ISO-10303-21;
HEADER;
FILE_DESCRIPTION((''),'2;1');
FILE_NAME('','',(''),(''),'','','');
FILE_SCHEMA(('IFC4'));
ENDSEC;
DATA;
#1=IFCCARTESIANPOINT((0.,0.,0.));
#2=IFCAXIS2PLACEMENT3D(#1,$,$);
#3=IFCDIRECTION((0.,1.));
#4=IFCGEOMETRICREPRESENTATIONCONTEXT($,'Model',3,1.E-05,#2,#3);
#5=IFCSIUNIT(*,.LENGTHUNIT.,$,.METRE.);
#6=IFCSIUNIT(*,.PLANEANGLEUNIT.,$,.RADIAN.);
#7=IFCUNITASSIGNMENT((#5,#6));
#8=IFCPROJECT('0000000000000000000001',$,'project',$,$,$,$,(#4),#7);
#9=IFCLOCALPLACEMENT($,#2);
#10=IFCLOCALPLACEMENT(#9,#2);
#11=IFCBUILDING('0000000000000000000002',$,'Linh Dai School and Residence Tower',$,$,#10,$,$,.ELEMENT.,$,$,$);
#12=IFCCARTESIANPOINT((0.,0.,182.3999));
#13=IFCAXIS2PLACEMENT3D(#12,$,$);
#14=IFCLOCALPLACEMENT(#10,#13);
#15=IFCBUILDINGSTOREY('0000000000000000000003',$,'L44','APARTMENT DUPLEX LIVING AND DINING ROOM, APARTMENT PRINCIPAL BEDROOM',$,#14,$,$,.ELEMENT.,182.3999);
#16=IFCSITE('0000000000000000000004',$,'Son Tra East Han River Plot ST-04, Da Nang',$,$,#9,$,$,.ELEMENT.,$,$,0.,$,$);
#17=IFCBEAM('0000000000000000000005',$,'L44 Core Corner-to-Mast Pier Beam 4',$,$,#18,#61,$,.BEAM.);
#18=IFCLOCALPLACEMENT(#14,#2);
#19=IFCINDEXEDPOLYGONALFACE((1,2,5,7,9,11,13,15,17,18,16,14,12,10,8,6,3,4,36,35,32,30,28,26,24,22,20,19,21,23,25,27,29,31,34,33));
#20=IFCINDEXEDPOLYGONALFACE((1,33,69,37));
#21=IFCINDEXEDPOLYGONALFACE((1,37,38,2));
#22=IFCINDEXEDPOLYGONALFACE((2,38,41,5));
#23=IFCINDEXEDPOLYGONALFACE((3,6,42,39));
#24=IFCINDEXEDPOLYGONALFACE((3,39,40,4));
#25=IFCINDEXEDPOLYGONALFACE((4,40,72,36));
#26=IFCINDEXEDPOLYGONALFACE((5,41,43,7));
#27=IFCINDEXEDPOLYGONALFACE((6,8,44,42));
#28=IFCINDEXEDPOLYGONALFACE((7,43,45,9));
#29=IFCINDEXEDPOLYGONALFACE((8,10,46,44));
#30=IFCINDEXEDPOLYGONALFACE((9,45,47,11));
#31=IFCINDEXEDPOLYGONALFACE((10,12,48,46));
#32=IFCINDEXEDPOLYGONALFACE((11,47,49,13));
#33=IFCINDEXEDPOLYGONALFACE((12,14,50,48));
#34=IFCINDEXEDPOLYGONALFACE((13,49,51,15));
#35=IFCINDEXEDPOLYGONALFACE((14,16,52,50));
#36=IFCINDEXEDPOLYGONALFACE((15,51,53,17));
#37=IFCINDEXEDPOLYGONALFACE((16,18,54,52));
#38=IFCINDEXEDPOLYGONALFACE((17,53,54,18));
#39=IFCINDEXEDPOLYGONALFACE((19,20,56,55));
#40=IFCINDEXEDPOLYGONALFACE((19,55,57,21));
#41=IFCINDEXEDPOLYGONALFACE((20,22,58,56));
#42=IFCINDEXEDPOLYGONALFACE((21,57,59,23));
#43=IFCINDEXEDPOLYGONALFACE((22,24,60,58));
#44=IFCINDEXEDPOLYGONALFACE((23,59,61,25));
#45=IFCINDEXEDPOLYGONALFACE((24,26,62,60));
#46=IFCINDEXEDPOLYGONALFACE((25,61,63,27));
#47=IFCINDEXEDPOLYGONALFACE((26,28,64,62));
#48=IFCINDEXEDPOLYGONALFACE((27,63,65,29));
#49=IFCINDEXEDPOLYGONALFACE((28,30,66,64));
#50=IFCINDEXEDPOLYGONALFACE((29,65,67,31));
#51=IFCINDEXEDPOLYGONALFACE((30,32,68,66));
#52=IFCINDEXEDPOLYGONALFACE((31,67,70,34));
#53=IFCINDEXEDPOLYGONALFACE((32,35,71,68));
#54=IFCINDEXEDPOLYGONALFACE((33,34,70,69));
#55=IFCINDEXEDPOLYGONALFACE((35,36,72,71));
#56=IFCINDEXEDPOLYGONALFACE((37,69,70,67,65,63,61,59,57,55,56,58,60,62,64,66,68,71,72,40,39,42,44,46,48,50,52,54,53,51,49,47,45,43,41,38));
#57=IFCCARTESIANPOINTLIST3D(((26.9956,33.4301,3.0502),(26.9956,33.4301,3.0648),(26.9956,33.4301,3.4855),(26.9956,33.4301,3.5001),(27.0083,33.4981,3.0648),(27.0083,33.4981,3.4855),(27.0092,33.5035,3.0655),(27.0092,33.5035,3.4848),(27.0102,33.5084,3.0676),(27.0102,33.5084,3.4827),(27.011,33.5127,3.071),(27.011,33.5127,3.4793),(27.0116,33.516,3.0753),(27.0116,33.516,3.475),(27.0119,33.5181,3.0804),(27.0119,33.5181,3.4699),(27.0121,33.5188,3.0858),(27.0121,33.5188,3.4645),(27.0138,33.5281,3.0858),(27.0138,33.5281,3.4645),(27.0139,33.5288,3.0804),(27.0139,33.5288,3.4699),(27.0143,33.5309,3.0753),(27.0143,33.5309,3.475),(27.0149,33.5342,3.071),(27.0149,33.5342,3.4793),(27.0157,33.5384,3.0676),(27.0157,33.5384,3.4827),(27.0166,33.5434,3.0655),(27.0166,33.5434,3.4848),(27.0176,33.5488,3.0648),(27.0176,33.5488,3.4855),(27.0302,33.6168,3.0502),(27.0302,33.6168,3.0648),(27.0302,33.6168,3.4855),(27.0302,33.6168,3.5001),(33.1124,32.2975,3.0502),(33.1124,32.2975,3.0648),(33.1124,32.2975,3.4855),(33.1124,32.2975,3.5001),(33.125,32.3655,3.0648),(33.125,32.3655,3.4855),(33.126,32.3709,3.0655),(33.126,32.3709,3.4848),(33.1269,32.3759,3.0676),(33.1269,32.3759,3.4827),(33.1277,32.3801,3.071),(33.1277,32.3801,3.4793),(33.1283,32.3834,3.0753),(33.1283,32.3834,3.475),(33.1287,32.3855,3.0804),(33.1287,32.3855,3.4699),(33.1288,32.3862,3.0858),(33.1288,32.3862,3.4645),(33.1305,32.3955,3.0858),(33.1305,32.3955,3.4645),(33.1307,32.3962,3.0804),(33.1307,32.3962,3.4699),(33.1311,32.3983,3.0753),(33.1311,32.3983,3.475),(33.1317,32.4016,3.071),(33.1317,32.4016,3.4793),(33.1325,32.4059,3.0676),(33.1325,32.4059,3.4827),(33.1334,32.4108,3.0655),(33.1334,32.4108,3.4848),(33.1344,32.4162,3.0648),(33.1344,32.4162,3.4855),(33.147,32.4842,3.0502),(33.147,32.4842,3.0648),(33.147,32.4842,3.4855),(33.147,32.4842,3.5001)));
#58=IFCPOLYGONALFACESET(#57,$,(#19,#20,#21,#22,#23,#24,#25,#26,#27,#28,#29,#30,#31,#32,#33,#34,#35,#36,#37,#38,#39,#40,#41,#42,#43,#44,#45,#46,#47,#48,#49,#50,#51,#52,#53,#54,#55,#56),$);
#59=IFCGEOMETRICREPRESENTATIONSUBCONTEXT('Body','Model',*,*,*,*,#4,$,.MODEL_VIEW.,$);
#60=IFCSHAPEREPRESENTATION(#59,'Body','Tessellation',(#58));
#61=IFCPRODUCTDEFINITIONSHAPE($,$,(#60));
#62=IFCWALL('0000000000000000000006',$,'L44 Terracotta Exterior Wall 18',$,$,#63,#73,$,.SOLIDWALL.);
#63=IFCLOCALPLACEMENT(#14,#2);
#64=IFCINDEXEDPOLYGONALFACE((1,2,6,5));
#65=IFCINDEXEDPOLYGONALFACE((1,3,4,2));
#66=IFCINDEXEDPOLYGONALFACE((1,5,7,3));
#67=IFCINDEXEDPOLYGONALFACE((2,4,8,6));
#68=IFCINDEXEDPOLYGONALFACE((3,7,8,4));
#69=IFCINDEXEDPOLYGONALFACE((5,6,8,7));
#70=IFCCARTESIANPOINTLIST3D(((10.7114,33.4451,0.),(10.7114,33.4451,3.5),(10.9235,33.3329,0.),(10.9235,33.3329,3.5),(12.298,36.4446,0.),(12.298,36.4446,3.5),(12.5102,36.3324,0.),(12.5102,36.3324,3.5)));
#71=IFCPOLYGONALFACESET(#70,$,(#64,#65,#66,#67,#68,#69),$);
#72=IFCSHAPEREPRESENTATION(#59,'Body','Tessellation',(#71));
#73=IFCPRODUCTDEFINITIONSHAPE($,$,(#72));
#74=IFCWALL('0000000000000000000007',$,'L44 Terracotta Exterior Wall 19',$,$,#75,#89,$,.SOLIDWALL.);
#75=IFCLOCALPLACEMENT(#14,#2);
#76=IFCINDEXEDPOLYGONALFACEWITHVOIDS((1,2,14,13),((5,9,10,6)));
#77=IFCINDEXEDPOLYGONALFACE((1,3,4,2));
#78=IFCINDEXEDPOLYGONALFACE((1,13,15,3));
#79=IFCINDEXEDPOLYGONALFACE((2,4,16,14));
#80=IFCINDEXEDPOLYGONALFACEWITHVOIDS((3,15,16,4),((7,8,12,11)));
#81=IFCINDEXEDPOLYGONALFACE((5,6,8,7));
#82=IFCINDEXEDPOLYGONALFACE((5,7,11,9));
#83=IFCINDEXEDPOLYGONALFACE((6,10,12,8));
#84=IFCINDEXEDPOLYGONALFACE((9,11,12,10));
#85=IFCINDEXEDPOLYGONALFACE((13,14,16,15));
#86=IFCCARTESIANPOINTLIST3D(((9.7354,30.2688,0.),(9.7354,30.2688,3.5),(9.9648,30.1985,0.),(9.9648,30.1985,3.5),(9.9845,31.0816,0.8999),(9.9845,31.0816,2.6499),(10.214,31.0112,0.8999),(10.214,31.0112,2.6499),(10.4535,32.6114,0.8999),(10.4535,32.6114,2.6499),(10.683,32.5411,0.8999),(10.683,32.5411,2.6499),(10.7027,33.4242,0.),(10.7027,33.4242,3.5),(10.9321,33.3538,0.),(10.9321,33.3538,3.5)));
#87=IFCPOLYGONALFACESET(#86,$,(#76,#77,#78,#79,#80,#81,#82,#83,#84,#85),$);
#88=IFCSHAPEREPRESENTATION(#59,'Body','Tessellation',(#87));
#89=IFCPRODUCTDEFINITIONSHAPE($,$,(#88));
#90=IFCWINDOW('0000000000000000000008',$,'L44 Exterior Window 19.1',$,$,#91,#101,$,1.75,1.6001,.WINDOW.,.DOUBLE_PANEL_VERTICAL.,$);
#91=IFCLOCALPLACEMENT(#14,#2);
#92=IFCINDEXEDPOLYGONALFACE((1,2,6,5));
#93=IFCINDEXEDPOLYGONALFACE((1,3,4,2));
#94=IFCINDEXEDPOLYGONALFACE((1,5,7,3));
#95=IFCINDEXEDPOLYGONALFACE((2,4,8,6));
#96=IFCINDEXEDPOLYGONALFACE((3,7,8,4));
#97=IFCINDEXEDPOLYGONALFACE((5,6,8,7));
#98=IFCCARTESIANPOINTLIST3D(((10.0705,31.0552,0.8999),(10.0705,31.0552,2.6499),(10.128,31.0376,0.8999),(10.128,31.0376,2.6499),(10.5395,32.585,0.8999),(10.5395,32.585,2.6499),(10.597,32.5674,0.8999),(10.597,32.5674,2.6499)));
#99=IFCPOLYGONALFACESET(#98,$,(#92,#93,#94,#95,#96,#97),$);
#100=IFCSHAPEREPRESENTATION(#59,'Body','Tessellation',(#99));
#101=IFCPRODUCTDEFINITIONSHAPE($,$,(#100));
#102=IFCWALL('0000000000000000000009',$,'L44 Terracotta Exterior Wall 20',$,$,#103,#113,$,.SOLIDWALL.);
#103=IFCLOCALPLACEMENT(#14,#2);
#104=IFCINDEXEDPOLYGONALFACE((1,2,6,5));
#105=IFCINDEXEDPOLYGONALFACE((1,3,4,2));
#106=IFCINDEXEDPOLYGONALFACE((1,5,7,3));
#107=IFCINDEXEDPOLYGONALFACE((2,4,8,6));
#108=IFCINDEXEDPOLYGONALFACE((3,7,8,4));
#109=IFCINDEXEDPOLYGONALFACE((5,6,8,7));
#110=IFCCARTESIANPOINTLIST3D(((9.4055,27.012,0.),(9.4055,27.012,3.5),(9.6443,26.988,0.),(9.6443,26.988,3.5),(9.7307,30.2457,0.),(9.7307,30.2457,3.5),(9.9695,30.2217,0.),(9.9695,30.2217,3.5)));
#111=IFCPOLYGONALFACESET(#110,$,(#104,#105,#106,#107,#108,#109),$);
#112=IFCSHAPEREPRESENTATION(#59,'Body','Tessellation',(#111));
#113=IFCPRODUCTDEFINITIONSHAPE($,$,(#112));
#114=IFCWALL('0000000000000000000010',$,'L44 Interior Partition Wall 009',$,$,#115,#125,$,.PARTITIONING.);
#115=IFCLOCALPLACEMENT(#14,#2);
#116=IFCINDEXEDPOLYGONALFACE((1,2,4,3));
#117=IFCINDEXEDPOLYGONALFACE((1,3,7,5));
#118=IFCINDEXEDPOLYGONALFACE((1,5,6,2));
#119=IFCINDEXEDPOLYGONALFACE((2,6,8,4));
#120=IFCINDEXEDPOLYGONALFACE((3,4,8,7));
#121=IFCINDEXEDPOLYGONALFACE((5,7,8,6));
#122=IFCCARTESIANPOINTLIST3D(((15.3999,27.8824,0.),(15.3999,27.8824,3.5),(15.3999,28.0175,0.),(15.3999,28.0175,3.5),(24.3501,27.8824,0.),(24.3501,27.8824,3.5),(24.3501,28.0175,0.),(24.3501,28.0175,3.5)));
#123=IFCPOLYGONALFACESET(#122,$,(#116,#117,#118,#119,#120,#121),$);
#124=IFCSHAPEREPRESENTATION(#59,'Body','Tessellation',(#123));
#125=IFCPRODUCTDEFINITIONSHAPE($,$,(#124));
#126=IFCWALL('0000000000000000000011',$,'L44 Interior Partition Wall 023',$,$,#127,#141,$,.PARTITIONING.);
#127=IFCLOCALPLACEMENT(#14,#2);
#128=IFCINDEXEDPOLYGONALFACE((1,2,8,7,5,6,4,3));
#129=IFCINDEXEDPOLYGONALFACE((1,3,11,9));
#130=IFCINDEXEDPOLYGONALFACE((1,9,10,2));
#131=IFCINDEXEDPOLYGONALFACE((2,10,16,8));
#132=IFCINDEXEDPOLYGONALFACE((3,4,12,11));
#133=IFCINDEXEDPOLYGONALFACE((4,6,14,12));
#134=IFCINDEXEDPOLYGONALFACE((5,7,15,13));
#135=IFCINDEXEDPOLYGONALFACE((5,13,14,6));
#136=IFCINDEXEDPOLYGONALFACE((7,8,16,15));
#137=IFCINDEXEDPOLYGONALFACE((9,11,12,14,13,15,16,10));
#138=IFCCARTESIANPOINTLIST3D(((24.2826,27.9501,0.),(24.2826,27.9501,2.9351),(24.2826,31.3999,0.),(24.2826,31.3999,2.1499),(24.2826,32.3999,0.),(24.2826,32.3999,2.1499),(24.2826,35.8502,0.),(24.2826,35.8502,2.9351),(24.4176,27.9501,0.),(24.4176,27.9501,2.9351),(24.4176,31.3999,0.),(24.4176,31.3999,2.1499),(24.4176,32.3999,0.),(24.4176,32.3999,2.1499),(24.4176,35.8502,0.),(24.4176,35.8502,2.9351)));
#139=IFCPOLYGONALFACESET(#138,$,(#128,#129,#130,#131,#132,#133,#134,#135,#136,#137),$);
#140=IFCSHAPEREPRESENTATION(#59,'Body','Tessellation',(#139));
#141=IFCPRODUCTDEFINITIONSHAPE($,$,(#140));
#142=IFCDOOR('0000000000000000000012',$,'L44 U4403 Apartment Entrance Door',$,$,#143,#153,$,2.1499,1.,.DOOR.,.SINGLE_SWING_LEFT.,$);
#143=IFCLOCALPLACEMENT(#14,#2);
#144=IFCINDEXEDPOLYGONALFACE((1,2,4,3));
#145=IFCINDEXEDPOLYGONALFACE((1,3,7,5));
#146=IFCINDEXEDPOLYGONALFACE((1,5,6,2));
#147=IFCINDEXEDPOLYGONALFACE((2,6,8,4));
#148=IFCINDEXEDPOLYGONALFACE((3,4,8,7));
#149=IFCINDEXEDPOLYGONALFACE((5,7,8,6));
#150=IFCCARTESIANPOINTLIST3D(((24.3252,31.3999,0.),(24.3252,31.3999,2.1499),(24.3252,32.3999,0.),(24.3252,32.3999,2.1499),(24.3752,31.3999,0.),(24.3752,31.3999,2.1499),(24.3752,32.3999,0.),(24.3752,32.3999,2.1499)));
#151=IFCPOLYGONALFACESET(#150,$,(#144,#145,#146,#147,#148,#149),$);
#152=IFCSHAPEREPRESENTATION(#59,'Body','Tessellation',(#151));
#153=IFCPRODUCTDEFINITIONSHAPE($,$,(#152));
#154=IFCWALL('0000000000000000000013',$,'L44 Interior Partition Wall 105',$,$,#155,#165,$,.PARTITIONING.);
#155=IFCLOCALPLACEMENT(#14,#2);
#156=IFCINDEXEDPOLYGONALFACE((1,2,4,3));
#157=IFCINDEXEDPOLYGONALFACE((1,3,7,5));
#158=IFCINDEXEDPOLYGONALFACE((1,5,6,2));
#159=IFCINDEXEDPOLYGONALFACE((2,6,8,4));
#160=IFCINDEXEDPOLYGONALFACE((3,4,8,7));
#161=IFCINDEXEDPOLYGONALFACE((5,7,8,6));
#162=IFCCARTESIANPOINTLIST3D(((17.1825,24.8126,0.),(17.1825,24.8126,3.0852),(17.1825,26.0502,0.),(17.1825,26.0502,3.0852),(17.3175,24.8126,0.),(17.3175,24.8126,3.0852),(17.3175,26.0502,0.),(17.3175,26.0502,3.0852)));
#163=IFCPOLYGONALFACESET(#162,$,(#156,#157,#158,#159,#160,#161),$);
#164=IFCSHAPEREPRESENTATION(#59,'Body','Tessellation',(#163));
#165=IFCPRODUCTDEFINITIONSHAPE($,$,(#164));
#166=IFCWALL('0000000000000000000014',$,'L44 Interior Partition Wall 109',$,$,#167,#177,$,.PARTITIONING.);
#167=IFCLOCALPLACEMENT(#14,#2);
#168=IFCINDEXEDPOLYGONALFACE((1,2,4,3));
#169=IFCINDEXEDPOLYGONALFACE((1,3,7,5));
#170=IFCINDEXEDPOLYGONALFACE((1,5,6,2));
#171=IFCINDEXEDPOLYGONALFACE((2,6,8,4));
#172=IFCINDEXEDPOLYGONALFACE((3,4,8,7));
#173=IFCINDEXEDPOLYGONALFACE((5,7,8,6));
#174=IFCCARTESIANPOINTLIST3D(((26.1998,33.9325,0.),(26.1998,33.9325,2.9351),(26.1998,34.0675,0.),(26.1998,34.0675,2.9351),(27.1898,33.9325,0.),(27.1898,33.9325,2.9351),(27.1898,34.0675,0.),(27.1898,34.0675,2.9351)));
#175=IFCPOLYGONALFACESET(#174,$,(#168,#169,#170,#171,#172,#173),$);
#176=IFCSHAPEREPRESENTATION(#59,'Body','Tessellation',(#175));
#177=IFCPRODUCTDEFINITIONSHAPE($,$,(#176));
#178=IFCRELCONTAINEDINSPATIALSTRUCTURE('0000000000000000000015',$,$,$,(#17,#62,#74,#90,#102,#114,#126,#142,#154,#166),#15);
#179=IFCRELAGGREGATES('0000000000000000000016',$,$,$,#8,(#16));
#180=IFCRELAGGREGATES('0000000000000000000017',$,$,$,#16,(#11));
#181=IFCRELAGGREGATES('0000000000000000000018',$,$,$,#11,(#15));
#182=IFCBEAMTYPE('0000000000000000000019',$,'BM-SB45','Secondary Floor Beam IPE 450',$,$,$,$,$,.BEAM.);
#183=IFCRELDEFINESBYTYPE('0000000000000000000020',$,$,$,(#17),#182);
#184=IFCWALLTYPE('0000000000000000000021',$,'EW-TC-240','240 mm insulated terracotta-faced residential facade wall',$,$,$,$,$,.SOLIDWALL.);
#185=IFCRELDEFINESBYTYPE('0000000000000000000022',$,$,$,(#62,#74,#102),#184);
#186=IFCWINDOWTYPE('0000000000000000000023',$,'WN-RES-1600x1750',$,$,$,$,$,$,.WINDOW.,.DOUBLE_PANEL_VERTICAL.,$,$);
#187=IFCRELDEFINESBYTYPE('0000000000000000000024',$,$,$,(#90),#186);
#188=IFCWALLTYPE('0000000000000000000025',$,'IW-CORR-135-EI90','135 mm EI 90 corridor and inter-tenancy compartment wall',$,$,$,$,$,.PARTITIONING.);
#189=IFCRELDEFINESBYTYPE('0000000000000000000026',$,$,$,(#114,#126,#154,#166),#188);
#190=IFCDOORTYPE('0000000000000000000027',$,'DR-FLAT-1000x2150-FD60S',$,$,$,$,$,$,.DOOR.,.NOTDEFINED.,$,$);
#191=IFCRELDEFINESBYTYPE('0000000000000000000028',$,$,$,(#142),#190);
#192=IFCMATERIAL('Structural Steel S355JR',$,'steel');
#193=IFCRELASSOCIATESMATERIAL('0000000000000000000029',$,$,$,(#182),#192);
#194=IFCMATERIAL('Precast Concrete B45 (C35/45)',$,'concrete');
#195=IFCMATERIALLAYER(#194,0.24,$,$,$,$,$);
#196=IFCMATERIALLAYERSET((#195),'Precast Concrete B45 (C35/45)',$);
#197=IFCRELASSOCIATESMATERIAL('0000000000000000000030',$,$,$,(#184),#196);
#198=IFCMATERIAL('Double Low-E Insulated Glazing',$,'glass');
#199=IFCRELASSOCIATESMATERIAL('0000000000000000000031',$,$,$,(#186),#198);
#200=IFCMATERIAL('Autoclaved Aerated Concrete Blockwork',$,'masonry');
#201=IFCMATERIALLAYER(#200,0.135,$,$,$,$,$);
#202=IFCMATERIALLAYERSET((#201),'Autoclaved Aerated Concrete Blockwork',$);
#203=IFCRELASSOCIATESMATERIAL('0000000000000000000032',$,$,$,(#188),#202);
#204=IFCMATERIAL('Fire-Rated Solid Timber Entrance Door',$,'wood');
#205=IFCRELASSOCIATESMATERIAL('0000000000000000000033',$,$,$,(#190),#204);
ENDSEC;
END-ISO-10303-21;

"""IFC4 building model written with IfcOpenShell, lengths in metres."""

from ifc_helpers import new_model, si_unit, direction, frame, frame_2d, origin, origin_2d, place, context, subcontext, project, spatial, rectangle, i_section, extrude, source, transform, mapped, material, layer, layer_set, material_profile, profile_set, type_object, element, fill, save


model = new_model("IFC4")

# Units and contexts
model_context = context("Model", 3, precision=1e-05, world=origin(), true_north=direction((0.0, 1.0)))
body_context = subcontext(model_context, "Body", "Model", "MODEL_VIEW")
ifc_project = project(units=[si_unit("LENGTHUNIT", "METRE"), si_unit("PLANEANGLEUNIT", "RADIAN")], contexts=[model_context])

# Site, building, storey
site_placement = place(None, origin())
site = spatial("IfcSite", under=ifc_project, at=site_placement, Name="Son Tra East Han River Plot ST-04, Da Nang", CompositionType="ELEMENT", RefElevation=0.0)
building_placement = place(site_placement, origin())
building = spatial("IfcBuilding", under=site, at=building_placement, Name="Linh Dai School and Residence Tower", CompositionType="ELEMENT")
storey_placement = place(building_placement, frame((0.0, 0.0, 182.3999)))
storey = spatial("IfcBuildingStorey", under=building, at=storey_placement, Name="L44", Description="APARTMENT DUPLEX LIVING AND DINING ROOM, APARTMENT PRINCIPAL BEDROOM", CompositionType="ELEMENT", Elevation=182.3999)

# Shared definitions
ifc_material_1 = material(Name="Structural Steel S355JR", Category="steel")

# Beam
ifc_material_profile_1 = material_profile(ifc_material_1, i_section(OverallWidth=0.1899, OverallDepth=0.45, WebThickness=0.0095, FlangeThickness=0.0146, FilletRadius=0.021, at=origin_2d()), Name="IPE 450")
ifc_profile_set_1 = profile_set([ifc_material_profile_1], Name="Structural Steel S355JR")
beam_type_1 = type_object("IfcBeamType", Name="BM-SB45", Description="Secondary Floor Beam IPE 450", PredefinedType="BEAM", material=ifc_profile_set_1)
beam_1_placement = place(storey_placement, frame((27.0129, 33.5234, 3.2751), z_axis=(0.983286, -0.182065, 0.0), x_axis=(0.182065, 0.983286, 0.0)))
element("IfcBeam", 1, at=beam_1_placement, inside=storey, type_object=beam_type_1, Name="L44 Core Corner-to-Mast Pier Beam 4", PredefinedType="BEAM", context=body_context, shape_type="SweptSolid", body=[
    extrude(i_section(OverallWidth=0.1899, OverallDepth=0.45, WebThickness=0.0095, FlangeThickness=0.0146, FilletRadius=0.021, at=origin_2d()), origin(), (0.0, 0.0, 1.0), 6.2207),
])

# Wall
ifc_material_2 = material(Name="Precast Concrete B45 (C35/45)", Category="concrete")
ifc_layer_1 = layer(ifc_material_2, 0.24)
ifc_layer_set_1 = layer_set([ifc_layer_1], Name="Precast Concrete B45 (C35/45)")
wall_type_1 = type_object("IfcWallType", Name="EW-TC-240", Description="240 mm insulated terracotta-faced residential facade wall", PredefinedType="SOLIDWALL", material=ifc_layer_set_1)
wall_1_placement = place(storey_placement, frame((10.8174, 33.3889, 0.0), z_axis=(0.0, 0.0, 1.0), x_axis=(0.467587, 0.883947, 0.0)))
element("IfcWall", 2, at=wall_1_placement, inside=storey, type_object=wall_type_1, Name="L44 Terracotta Exterior Wall 18", PredefinedType="SOLIDWALL", context=body_context, shape_type="SweptSolid", body=[
    extrude(rectangle(XDim=3.3933, YDim=0.24, at=frame_2d((1.6968, 0.0))), origin(), (0.0, 0.0, 1.0), 3.5),
])

# Wall, opening, window
wall_2_placement = place(storey_placement, frame((9.8501, 30.2336, 0.0), z_axis=(0.0, 0.0, 1.0), x_axis=(0.293098, 0.956082, 0.0)))
wall_2 = element("IfcWall", 3, at=wall_2_placement, inside=storey, type_object=wall_type_1, Name="L44 Terracotta Exterior Wall 19", PredefinedType="SOLIDWALL", context=body_context, shape_type="SweptSolid", body=[
    extrude(rectangle(XDim=3.3003, YDim=0.24, at=frame_2d((1.6501, 0.0))), origin(), (0.0, 0.0, 1.0), 3.5),
])
opening_1_placement = place(wall_2_placement, frame((0.8501, 0.0, 0.8999)))
opening_1 = element("IfcOpeningElement", 4, at=opening_1_placement, cuts=wall_2, PredefinedType="OPENING", context=body_context, shape_type="SweptSolid", body=[
    extrude(rectangle(XDim=1.6001, YDim=1.75, at=origin_2d()), frame((0.8, 0.1299, 0.875), z_axis=(0.0, -1.0, 0.0), x_axis=(1.0, 0.0, 0.0)), (0.0, 0.0, 1.0), 0.26),
])
ifc_material_3 = material(Name="Double Low-E Insulated Glazing", Category="glass")
window_type = type_object("IfcWindowType", Name="WN-RES-1600x1750", PartitioningType="DOUBLE_PANEL_VERTICAL", PredefinedType="WINDOW", material=ifc_material_3)
shared_shape_1 = source(origin(), body_context, "Body", "SweptSolid", [
    extrude(rectangle(XDim=1.6001, YDim=1.75, at=origin_2d()), frame((0.8, 0.03, 0.875), z_axis=(0.0, -1.0, 0.0), x_axis=(1.0, 0.0, 0.0)), (0.0, 0.0, 1.0), 0.0601),
])
window_placement = place(opening_1_placement, origin())
window = element("IfcWindow", 5, at=window_placement, inside=storey, type_object=window_type, Name="L44 Exterior Window 19.1", OverallHeight=1.75, OverallWidth=1.6001, PartitioningType="DOUBLE_PANEL_VERTICAL", PredefinedType="WINDOW", context=body_context, shape_type="MappedRepresentation", body=[
    mapped(shared_shape_1, transform((0.0, 0.0, 0.0), x_axis=(1.0, 0.0, 0.0), y_axis=(0.0, 1.0, 0.0), z_axis=(0.0, 0.0, 1.0), scale=1.0)),
])
fill(opening_1, window)

# Walls
wall_3_placement = place(storey_placement, frame((9.5249, 27.0, 0.0), z_axis=(0.0, 0.0, 1.0), x_axis=(0.100062, 0.994981, 0.0)))
element("IfcWall", 6, at=wall_3_placement, inside=storey, type_object=wall_type_1, Name="L44 Terracotta Exterior Wall 20", PredefinedType="SOLIDWALL", context=body_context, shape_type="SweptSolid", body=[
    extrude(rectangle(XDim=3.25, YDim=0.24, at=frame_2d((1.625, 0.0))), origin(), (0.0, 0.0, 1.0), 3.5),
])
ifc_material_4 = material(Name="Autoclaved Aerated Concrete Blockwork", Category="masonry")
ifc_layer_2 = layer(ifc_material_4, 0.135)
ifc_layer_set_2 = layer_set([ifc_layer_2], Name="Autoclaved Aerated Concrete Blockwork")
wall_type_2 = type_object("IfcWallType", Name="IW-CORR-135-EI90", Description="135 mm EI 90 corridor and inter-tenancy compartment wall", PredefinedType="PARTITIONING", material=ifc_layer_set_2)
wall_4_placement = place(storey_placement, frame((15.3999, 27.95, 0.0), z_axis=(0.0, 0.0, 1.0), x_axis=(1.0, 0.0, 0.0)))
element("IfcWall", 7, at=wall_4_placement, inside=storey, type_object=wall_type_2, Name="L44 Interior Partition Wall 009", PredefinedType="PARTITIONING", context=body_context, shape_type="SweptSolid", body=[
    extrude(rectangle(XDim=8.9502, YDim=0.135, at=frame_2d((4.4751, 0.0))), origin(), (0.0, 0.0, 1.0), 3.5),
])

# Wall, opening, door
wall_5_placement = place(storey_placement, frame((24.3501, 27.95, 0.0), z_axis=(0.0, 0.0, 1.0), x_axis=(0.0, 1.0, 0.0)))
wall_5 = element("IfcWall", 8, at=wall_5_placement, inside=storey, type_object=wall_type_2, Name="L44 Interior Partition Wall 023", PredefinedType="PARTITIONING", context=body_context, shape_type="SweptSolid", body=[
    extrude(rectangle(XDim=7.9001, YDim=0.135, at=frame_2d((3.9502, 0.0))), origin(), (0.0, 0.0, 1.0), 2.9351),
])
opening_2_placement = place(wall_5_placement, frame((3.45, 0.0, 0.0)))
opening_2 = element("IfcOpeningElement", 9, at=opening_2_placement, cuts=wall_5, PredefinedType="OPENING", context=body_context, shape_type="SweptSolid", body=[
    extrude(rectangle(XDim=1.0, YDim=2.1499, at=origin_2d()), frame((0.5, 0.0776, 1.075), z_axis=(0.0, -1.0, 0.0), x_axis=(1.0, 0.0, 0.0)), (0.0, 0.0, 1.0), 0.155),
])
ifc_material_5 = material(Name="Fire-Rated Solid Timber Entrance Door", Category="wood")
door_type_1 = type_object("IfcDoorType", Name="DR-FLAT-1000x2150-FD60S", OperationType="NOTDEFINED", PredefinedType="DOOR", material=ifc_material_5)
shared_shape_2 = source(origin(), body_context, "Body", "SweptSolid", [
    extrude(rectangle(XDim=1.0, YDim=2.1499, at=origin_2d()), frame((0.5, 0.0249, 1.075), z_axis=(0.0, -1.0, 0.0), x_axis=(1.0, 0.0, 0.0)), (0.0, 0.0, 1.0), 0.05),
])
door_1_placement = place(opening_2_placement, origin())
door_1 = element("IfcDoor", 10, at=door_1_placement, inside=storey, type_object=door_type_1, Name="L44 U4403 Apartment Entrance Door", OperationType="SINGLE_SWING_LEFT", OverallHeight=2.1499, OverallWidth=1.0, PredefinedType="DOOR", context=body_context, shape_type="MappedRepresentation", body=[
    mapped(shared_shape_2, transform((0.0, 0.0, 0.0), x_axis=(1.0, 0.0, 0.0), y_axis=(0.0, 1.0, 0.0), z_axis=(0.0, 0.0, 1.0), scale=1.0)),
])
fill(opening_2, door_1)

# Walls
wall_6_placement = place(storey_placement, frame((17.25, 26.05, 0.0), z_axis=(0.0, 0.0, 1.0), x_axis=(0.0, -1.0, 0.0)))
element("IfcWall", 11, at=wall_6_placement, inside=storey, type_object=wall_type_2, Name="L44 Interior Partition Wall 105", PredefinedType="PARTITIONING", context=body_context, shape_type="SweptSolid", body=[
    extrude(rectangle(XDim=1.2375, YDim=0.135, at=frame_2d((0.6187, 0.0))), origin(), (0.0, 0.0, 1.0), 3.0852),
])
wall_7_placement = place(storey_placement, frame((27.1899, 34.0, 0.0), z_axis=(0.0, 0.0, 1.0), x_axis=(-1.0, 0.0, 0.0)))
element("IfcWall", 12, at=wall_7_placement, inside=storey, type_object=wall_type_2, Name="L44 Interior Partition Wall 109", PredefinedType="PARTITIONING", context=body_context, shape_type="SweptSolid", body=[
    extrude(rectangle(XDim=0.99, YDim=0.135, at=frame_2d((0.4951, 0.0))), origin(), (0.0, 0.0, 1.0), 2.9351),
])

save(model, "model.ifc")
